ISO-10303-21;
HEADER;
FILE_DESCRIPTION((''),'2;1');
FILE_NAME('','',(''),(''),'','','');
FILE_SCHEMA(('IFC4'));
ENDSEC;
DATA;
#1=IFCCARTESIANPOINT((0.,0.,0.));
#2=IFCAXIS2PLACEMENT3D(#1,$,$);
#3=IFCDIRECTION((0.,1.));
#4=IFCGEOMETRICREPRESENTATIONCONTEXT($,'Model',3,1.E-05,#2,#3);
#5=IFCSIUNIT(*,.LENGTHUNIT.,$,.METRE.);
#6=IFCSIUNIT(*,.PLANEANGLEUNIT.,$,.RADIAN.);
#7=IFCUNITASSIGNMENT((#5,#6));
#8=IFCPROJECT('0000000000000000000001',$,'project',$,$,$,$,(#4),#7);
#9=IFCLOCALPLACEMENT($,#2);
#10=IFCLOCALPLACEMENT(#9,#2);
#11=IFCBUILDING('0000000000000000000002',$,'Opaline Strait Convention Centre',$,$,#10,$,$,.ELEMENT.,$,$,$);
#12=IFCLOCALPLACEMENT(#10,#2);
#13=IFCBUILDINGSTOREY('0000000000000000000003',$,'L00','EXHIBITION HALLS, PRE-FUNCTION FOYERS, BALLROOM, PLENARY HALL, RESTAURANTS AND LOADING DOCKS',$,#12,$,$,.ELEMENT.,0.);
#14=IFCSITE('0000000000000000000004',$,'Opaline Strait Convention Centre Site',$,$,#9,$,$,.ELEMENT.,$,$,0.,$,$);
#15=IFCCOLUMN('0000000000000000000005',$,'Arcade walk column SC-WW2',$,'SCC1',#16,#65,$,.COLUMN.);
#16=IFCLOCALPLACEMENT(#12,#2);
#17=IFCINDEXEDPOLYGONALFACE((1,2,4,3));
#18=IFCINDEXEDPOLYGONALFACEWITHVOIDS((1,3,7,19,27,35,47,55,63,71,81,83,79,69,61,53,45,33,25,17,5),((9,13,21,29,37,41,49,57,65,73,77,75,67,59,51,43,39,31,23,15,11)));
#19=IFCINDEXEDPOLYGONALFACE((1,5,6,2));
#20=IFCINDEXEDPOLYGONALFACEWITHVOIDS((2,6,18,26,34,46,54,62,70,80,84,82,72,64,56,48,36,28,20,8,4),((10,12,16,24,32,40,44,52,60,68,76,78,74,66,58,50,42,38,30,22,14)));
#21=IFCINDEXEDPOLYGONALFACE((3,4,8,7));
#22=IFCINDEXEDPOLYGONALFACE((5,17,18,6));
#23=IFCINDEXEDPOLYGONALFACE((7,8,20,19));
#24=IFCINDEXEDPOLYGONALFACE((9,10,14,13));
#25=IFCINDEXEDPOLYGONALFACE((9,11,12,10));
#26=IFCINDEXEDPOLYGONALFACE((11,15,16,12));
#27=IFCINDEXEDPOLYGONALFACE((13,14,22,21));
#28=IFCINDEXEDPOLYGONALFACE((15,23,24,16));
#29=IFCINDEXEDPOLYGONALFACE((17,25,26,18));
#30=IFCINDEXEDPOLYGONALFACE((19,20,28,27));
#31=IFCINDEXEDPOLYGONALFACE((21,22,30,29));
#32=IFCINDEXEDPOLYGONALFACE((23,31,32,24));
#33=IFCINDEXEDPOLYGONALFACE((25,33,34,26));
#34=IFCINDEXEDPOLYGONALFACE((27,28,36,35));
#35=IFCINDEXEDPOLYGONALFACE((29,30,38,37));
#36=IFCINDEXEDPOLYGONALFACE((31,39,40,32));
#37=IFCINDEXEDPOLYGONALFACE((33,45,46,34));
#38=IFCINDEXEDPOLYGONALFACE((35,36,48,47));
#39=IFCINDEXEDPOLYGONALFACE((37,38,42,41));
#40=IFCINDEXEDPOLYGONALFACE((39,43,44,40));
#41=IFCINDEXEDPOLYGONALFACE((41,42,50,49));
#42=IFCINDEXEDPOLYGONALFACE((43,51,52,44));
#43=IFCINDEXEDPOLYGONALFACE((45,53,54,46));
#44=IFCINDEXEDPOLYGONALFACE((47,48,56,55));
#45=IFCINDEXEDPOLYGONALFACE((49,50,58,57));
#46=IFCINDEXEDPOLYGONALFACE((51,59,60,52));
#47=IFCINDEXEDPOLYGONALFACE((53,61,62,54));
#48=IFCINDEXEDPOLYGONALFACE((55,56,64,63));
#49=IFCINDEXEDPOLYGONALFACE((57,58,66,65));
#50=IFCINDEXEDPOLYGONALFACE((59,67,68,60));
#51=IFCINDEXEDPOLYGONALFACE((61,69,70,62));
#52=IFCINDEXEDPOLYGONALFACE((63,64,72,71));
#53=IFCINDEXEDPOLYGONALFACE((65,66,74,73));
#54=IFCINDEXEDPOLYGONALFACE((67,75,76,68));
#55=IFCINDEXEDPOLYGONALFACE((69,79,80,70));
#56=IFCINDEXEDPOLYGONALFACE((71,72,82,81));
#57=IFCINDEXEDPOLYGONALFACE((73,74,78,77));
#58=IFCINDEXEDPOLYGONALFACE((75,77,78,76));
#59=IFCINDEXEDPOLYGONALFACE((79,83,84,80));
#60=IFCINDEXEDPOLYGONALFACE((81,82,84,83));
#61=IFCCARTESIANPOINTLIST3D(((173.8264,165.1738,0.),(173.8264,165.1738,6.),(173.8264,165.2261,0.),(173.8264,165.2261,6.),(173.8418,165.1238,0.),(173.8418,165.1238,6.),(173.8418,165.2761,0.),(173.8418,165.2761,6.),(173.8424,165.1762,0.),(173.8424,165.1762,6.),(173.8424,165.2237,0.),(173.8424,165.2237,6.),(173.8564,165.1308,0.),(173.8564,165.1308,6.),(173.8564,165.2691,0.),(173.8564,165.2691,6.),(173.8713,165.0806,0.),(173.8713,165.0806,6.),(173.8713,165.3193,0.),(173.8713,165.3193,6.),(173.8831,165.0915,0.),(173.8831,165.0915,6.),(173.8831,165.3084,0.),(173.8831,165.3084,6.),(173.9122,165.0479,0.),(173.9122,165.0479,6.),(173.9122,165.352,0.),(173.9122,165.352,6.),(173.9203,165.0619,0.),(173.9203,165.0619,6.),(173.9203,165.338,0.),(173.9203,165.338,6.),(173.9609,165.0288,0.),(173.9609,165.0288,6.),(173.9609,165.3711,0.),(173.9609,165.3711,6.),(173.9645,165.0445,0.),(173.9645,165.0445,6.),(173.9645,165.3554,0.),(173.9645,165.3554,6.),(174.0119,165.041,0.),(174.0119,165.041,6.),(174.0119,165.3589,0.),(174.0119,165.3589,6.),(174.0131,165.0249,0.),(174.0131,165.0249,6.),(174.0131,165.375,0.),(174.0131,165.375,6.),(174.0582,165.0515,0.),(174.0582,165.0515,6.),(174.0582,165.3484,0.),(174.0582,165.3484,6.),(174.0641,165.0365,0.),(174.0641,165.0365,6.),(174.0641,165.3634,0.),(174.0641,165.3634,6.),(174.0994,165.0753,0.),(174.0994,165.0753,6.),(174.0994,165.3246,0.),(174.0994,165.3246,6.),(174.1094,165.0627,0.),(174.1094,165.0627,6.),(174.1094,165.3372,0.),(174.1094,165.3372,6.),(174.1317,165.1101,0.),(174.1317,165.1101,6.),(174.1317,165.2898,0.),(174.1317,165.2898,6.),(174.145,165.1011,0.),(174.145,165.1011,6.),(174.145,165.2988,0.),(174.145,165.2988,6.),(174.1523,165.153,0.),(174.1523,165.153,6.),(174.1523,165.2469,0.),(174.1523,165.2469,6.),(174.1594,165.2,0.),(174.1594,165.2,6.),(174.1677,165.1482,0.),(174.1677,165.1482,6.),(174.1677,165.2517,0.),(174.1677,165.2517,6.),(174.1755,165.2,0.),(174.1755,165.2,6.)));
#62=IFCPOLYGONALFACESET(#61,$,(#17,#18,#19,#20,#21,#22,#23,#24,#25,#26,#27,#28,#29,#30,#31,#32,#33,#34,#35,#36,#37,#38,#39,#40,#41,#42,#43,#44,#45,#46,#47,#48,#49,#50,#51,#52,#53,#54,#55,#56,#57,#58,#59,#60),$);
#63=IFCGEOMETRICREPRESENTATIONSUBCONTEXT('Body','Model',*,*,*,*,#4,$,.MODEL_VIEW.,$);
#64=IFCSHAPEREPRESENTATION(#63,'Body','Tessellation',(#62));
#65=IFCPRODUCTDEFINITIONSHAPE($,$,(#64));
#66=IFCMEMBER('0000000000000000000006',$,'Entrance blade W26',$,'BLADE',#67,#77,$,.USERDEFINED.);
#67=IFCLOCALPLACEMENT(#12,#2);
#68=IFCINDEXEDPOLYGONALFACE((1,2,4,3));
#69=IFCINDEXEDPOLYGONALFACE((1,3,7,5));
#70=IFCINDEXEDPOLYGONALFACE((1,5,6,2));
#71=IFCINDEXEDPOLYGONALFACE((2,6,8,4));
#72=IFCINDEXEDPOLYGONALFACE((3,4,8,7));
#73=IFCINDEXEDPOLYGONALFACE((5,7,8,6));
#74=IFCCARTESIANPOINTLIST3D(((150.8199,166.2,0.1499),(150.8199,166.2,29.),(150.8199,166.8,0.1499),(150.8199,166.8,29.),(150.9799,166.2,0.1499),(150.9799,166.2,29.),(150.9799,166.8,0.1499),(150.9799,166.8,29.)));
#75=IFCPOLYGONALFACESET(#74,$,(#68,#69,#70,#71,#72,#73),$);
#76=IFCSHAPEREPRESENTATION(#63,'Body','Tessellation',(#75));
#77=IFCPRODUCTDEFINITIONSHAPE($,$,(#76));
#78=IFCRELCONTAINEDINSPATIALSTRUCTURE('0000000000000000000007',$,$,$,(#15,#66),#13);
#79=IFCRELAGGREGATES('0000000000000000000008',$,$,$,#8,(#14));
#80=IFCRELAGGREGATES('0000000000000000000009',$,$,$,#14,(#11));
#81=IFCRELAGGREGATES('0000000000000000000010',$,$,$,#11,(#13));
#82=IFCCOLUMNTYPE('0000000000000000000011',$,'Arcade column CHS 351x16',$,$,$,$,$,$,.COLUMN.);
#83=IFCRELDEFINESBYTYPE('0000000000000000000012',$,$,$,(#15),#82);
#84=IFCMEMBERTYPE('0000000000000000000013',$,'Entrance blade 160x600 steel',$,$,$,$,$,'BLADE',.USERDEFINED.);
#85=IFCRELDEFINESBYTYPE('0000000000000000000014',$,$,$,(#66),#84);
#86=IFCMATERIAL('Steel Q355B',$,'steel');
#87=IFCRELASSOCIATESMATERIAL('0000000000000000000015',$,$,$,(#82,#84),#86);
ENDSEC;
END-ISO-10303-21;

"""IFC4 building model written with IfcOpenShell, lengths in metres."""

from ifc_helpers import new_model, si_unit, direction, frame, origin, origin_2d, place, context, subcontext, project, spatial, rectangle, hollow_circle, extrude, material, material_profile, profile_set, type_object, element, save


model = new_model("IFC4")

# Units and contexts
model_context = context("Model", 3, precision=1e-05, world=origin(), true_north=direction((0.0, 1.0)))
body_context = subcontext(model_context, "Body", "Model", "MODEL_VIEW")
ifc_project = project(units=[si_unit("LENGTHUNIT", "METRE"), si_unit("PLANEANGLEUNIT", "RADIAN")], contexts=[model_context])

# Site, building, storey
site_placement = place(None, origin())
site = spatial("IfcSite", under=ifc_project, at=site_placement, Name="Opaline Strait Convention Centre Site", CompositionType="ELEMENT", RefElevation=0.0)
building_placement = place(site_placement, origin())
building = spatial("IfcBuilding", under=site, at=building_placement, Name="Opaline Strait Convention Centre", CompositionType="ELEMENT")
storey_placement = place(building_placement, origin())
storey = spatial("IfcBuildingStorey", under=building, at=storey_placement, Name="L00", Description="EXHIBITION HALLS, PRE-FUNCTION FOYERS, BALLROOM, PLENARY HALL, RESTAURANTS AND LOADING DOCKS", CompositionType="ELEMENT", Elevation=0.0)

# Column
ifc_material_1 = material(Name="Steel Q355B", Category="steel")
ifc_material_profile_1 = material_profile(ifc_material_1, hollow_circle(Radius=0.1755, WallThickness=0.0161, at=origin_2d()), Name="CHS 351x16")
ifc_profile_set_1 = profile_set([ifc_material_profile_1], Name="Steel Q355B")
column_type = type_object("IfcColumnType", Name="Arcade column CHS 351x16", PredefinedType="COLUMN", material=ifc_profile_set_1)
for number, where, z_axis, x_axis, name in (
    (1, (174.0, 165.2, 0.0), (0.0, 0.0, 1.0), (1.0, 0.0, 0.0), "Arcade walk column SC-WW2"),
):
    element("IfcColumn", number, at=place(storey_placement, frame(where, z_axis=z_axis, x_axis=x_axis)), inside=storey, type_object=column_type, Name=name, ObjectType="SCC1", PredefinedType="COLUMN", context=body_context, shape_type="SweptSolid", body=[
        extrude(hollow_circle(Radius=0.1755, WallThickness=0.0161, at=origin_2d()), origin(), (0.0, 0.0, 1.0), 6.0),
    ])

# Member
ifc_material_profile_2 = material_profile(ifc_material_1, rectangle(XDim=0.1599, YDim=0.6001, at=origin_2d()), Name="BAR 160x600")
ifc_profile_set_2 = profile_set([ifc_material_profile_2], Name="Steel Q355B")
member_type = type_object("IfcMemberType", Name="Entrance blade 160x600 steel", ElementType="BLADE", PredefinedType="USERDEFINED", material=ifc_profile_set_2)
member_placement = place(storey_placement, frame((150.8999, 166.5, 0.1499), z_axis=(0.0, 0.0, 1.0), x_axis=(1.0, 0.0, 0.0)))
element("IfcMember", 2, at=member_placement, inside=storey, type_object=member_type, Name="Entrance blade W26", ObjectType="BLADE", PredefinedType="USERDEFINED", context=body_context, shape_type="SweptSolid", body=[
    extrude(rectangle(XDim=0.1599, YDim=0.6001, at=origin_2d()), origin(), (0.0, 0.0, 1.0), 28.8501),
])

save(model, "model.ifc")
